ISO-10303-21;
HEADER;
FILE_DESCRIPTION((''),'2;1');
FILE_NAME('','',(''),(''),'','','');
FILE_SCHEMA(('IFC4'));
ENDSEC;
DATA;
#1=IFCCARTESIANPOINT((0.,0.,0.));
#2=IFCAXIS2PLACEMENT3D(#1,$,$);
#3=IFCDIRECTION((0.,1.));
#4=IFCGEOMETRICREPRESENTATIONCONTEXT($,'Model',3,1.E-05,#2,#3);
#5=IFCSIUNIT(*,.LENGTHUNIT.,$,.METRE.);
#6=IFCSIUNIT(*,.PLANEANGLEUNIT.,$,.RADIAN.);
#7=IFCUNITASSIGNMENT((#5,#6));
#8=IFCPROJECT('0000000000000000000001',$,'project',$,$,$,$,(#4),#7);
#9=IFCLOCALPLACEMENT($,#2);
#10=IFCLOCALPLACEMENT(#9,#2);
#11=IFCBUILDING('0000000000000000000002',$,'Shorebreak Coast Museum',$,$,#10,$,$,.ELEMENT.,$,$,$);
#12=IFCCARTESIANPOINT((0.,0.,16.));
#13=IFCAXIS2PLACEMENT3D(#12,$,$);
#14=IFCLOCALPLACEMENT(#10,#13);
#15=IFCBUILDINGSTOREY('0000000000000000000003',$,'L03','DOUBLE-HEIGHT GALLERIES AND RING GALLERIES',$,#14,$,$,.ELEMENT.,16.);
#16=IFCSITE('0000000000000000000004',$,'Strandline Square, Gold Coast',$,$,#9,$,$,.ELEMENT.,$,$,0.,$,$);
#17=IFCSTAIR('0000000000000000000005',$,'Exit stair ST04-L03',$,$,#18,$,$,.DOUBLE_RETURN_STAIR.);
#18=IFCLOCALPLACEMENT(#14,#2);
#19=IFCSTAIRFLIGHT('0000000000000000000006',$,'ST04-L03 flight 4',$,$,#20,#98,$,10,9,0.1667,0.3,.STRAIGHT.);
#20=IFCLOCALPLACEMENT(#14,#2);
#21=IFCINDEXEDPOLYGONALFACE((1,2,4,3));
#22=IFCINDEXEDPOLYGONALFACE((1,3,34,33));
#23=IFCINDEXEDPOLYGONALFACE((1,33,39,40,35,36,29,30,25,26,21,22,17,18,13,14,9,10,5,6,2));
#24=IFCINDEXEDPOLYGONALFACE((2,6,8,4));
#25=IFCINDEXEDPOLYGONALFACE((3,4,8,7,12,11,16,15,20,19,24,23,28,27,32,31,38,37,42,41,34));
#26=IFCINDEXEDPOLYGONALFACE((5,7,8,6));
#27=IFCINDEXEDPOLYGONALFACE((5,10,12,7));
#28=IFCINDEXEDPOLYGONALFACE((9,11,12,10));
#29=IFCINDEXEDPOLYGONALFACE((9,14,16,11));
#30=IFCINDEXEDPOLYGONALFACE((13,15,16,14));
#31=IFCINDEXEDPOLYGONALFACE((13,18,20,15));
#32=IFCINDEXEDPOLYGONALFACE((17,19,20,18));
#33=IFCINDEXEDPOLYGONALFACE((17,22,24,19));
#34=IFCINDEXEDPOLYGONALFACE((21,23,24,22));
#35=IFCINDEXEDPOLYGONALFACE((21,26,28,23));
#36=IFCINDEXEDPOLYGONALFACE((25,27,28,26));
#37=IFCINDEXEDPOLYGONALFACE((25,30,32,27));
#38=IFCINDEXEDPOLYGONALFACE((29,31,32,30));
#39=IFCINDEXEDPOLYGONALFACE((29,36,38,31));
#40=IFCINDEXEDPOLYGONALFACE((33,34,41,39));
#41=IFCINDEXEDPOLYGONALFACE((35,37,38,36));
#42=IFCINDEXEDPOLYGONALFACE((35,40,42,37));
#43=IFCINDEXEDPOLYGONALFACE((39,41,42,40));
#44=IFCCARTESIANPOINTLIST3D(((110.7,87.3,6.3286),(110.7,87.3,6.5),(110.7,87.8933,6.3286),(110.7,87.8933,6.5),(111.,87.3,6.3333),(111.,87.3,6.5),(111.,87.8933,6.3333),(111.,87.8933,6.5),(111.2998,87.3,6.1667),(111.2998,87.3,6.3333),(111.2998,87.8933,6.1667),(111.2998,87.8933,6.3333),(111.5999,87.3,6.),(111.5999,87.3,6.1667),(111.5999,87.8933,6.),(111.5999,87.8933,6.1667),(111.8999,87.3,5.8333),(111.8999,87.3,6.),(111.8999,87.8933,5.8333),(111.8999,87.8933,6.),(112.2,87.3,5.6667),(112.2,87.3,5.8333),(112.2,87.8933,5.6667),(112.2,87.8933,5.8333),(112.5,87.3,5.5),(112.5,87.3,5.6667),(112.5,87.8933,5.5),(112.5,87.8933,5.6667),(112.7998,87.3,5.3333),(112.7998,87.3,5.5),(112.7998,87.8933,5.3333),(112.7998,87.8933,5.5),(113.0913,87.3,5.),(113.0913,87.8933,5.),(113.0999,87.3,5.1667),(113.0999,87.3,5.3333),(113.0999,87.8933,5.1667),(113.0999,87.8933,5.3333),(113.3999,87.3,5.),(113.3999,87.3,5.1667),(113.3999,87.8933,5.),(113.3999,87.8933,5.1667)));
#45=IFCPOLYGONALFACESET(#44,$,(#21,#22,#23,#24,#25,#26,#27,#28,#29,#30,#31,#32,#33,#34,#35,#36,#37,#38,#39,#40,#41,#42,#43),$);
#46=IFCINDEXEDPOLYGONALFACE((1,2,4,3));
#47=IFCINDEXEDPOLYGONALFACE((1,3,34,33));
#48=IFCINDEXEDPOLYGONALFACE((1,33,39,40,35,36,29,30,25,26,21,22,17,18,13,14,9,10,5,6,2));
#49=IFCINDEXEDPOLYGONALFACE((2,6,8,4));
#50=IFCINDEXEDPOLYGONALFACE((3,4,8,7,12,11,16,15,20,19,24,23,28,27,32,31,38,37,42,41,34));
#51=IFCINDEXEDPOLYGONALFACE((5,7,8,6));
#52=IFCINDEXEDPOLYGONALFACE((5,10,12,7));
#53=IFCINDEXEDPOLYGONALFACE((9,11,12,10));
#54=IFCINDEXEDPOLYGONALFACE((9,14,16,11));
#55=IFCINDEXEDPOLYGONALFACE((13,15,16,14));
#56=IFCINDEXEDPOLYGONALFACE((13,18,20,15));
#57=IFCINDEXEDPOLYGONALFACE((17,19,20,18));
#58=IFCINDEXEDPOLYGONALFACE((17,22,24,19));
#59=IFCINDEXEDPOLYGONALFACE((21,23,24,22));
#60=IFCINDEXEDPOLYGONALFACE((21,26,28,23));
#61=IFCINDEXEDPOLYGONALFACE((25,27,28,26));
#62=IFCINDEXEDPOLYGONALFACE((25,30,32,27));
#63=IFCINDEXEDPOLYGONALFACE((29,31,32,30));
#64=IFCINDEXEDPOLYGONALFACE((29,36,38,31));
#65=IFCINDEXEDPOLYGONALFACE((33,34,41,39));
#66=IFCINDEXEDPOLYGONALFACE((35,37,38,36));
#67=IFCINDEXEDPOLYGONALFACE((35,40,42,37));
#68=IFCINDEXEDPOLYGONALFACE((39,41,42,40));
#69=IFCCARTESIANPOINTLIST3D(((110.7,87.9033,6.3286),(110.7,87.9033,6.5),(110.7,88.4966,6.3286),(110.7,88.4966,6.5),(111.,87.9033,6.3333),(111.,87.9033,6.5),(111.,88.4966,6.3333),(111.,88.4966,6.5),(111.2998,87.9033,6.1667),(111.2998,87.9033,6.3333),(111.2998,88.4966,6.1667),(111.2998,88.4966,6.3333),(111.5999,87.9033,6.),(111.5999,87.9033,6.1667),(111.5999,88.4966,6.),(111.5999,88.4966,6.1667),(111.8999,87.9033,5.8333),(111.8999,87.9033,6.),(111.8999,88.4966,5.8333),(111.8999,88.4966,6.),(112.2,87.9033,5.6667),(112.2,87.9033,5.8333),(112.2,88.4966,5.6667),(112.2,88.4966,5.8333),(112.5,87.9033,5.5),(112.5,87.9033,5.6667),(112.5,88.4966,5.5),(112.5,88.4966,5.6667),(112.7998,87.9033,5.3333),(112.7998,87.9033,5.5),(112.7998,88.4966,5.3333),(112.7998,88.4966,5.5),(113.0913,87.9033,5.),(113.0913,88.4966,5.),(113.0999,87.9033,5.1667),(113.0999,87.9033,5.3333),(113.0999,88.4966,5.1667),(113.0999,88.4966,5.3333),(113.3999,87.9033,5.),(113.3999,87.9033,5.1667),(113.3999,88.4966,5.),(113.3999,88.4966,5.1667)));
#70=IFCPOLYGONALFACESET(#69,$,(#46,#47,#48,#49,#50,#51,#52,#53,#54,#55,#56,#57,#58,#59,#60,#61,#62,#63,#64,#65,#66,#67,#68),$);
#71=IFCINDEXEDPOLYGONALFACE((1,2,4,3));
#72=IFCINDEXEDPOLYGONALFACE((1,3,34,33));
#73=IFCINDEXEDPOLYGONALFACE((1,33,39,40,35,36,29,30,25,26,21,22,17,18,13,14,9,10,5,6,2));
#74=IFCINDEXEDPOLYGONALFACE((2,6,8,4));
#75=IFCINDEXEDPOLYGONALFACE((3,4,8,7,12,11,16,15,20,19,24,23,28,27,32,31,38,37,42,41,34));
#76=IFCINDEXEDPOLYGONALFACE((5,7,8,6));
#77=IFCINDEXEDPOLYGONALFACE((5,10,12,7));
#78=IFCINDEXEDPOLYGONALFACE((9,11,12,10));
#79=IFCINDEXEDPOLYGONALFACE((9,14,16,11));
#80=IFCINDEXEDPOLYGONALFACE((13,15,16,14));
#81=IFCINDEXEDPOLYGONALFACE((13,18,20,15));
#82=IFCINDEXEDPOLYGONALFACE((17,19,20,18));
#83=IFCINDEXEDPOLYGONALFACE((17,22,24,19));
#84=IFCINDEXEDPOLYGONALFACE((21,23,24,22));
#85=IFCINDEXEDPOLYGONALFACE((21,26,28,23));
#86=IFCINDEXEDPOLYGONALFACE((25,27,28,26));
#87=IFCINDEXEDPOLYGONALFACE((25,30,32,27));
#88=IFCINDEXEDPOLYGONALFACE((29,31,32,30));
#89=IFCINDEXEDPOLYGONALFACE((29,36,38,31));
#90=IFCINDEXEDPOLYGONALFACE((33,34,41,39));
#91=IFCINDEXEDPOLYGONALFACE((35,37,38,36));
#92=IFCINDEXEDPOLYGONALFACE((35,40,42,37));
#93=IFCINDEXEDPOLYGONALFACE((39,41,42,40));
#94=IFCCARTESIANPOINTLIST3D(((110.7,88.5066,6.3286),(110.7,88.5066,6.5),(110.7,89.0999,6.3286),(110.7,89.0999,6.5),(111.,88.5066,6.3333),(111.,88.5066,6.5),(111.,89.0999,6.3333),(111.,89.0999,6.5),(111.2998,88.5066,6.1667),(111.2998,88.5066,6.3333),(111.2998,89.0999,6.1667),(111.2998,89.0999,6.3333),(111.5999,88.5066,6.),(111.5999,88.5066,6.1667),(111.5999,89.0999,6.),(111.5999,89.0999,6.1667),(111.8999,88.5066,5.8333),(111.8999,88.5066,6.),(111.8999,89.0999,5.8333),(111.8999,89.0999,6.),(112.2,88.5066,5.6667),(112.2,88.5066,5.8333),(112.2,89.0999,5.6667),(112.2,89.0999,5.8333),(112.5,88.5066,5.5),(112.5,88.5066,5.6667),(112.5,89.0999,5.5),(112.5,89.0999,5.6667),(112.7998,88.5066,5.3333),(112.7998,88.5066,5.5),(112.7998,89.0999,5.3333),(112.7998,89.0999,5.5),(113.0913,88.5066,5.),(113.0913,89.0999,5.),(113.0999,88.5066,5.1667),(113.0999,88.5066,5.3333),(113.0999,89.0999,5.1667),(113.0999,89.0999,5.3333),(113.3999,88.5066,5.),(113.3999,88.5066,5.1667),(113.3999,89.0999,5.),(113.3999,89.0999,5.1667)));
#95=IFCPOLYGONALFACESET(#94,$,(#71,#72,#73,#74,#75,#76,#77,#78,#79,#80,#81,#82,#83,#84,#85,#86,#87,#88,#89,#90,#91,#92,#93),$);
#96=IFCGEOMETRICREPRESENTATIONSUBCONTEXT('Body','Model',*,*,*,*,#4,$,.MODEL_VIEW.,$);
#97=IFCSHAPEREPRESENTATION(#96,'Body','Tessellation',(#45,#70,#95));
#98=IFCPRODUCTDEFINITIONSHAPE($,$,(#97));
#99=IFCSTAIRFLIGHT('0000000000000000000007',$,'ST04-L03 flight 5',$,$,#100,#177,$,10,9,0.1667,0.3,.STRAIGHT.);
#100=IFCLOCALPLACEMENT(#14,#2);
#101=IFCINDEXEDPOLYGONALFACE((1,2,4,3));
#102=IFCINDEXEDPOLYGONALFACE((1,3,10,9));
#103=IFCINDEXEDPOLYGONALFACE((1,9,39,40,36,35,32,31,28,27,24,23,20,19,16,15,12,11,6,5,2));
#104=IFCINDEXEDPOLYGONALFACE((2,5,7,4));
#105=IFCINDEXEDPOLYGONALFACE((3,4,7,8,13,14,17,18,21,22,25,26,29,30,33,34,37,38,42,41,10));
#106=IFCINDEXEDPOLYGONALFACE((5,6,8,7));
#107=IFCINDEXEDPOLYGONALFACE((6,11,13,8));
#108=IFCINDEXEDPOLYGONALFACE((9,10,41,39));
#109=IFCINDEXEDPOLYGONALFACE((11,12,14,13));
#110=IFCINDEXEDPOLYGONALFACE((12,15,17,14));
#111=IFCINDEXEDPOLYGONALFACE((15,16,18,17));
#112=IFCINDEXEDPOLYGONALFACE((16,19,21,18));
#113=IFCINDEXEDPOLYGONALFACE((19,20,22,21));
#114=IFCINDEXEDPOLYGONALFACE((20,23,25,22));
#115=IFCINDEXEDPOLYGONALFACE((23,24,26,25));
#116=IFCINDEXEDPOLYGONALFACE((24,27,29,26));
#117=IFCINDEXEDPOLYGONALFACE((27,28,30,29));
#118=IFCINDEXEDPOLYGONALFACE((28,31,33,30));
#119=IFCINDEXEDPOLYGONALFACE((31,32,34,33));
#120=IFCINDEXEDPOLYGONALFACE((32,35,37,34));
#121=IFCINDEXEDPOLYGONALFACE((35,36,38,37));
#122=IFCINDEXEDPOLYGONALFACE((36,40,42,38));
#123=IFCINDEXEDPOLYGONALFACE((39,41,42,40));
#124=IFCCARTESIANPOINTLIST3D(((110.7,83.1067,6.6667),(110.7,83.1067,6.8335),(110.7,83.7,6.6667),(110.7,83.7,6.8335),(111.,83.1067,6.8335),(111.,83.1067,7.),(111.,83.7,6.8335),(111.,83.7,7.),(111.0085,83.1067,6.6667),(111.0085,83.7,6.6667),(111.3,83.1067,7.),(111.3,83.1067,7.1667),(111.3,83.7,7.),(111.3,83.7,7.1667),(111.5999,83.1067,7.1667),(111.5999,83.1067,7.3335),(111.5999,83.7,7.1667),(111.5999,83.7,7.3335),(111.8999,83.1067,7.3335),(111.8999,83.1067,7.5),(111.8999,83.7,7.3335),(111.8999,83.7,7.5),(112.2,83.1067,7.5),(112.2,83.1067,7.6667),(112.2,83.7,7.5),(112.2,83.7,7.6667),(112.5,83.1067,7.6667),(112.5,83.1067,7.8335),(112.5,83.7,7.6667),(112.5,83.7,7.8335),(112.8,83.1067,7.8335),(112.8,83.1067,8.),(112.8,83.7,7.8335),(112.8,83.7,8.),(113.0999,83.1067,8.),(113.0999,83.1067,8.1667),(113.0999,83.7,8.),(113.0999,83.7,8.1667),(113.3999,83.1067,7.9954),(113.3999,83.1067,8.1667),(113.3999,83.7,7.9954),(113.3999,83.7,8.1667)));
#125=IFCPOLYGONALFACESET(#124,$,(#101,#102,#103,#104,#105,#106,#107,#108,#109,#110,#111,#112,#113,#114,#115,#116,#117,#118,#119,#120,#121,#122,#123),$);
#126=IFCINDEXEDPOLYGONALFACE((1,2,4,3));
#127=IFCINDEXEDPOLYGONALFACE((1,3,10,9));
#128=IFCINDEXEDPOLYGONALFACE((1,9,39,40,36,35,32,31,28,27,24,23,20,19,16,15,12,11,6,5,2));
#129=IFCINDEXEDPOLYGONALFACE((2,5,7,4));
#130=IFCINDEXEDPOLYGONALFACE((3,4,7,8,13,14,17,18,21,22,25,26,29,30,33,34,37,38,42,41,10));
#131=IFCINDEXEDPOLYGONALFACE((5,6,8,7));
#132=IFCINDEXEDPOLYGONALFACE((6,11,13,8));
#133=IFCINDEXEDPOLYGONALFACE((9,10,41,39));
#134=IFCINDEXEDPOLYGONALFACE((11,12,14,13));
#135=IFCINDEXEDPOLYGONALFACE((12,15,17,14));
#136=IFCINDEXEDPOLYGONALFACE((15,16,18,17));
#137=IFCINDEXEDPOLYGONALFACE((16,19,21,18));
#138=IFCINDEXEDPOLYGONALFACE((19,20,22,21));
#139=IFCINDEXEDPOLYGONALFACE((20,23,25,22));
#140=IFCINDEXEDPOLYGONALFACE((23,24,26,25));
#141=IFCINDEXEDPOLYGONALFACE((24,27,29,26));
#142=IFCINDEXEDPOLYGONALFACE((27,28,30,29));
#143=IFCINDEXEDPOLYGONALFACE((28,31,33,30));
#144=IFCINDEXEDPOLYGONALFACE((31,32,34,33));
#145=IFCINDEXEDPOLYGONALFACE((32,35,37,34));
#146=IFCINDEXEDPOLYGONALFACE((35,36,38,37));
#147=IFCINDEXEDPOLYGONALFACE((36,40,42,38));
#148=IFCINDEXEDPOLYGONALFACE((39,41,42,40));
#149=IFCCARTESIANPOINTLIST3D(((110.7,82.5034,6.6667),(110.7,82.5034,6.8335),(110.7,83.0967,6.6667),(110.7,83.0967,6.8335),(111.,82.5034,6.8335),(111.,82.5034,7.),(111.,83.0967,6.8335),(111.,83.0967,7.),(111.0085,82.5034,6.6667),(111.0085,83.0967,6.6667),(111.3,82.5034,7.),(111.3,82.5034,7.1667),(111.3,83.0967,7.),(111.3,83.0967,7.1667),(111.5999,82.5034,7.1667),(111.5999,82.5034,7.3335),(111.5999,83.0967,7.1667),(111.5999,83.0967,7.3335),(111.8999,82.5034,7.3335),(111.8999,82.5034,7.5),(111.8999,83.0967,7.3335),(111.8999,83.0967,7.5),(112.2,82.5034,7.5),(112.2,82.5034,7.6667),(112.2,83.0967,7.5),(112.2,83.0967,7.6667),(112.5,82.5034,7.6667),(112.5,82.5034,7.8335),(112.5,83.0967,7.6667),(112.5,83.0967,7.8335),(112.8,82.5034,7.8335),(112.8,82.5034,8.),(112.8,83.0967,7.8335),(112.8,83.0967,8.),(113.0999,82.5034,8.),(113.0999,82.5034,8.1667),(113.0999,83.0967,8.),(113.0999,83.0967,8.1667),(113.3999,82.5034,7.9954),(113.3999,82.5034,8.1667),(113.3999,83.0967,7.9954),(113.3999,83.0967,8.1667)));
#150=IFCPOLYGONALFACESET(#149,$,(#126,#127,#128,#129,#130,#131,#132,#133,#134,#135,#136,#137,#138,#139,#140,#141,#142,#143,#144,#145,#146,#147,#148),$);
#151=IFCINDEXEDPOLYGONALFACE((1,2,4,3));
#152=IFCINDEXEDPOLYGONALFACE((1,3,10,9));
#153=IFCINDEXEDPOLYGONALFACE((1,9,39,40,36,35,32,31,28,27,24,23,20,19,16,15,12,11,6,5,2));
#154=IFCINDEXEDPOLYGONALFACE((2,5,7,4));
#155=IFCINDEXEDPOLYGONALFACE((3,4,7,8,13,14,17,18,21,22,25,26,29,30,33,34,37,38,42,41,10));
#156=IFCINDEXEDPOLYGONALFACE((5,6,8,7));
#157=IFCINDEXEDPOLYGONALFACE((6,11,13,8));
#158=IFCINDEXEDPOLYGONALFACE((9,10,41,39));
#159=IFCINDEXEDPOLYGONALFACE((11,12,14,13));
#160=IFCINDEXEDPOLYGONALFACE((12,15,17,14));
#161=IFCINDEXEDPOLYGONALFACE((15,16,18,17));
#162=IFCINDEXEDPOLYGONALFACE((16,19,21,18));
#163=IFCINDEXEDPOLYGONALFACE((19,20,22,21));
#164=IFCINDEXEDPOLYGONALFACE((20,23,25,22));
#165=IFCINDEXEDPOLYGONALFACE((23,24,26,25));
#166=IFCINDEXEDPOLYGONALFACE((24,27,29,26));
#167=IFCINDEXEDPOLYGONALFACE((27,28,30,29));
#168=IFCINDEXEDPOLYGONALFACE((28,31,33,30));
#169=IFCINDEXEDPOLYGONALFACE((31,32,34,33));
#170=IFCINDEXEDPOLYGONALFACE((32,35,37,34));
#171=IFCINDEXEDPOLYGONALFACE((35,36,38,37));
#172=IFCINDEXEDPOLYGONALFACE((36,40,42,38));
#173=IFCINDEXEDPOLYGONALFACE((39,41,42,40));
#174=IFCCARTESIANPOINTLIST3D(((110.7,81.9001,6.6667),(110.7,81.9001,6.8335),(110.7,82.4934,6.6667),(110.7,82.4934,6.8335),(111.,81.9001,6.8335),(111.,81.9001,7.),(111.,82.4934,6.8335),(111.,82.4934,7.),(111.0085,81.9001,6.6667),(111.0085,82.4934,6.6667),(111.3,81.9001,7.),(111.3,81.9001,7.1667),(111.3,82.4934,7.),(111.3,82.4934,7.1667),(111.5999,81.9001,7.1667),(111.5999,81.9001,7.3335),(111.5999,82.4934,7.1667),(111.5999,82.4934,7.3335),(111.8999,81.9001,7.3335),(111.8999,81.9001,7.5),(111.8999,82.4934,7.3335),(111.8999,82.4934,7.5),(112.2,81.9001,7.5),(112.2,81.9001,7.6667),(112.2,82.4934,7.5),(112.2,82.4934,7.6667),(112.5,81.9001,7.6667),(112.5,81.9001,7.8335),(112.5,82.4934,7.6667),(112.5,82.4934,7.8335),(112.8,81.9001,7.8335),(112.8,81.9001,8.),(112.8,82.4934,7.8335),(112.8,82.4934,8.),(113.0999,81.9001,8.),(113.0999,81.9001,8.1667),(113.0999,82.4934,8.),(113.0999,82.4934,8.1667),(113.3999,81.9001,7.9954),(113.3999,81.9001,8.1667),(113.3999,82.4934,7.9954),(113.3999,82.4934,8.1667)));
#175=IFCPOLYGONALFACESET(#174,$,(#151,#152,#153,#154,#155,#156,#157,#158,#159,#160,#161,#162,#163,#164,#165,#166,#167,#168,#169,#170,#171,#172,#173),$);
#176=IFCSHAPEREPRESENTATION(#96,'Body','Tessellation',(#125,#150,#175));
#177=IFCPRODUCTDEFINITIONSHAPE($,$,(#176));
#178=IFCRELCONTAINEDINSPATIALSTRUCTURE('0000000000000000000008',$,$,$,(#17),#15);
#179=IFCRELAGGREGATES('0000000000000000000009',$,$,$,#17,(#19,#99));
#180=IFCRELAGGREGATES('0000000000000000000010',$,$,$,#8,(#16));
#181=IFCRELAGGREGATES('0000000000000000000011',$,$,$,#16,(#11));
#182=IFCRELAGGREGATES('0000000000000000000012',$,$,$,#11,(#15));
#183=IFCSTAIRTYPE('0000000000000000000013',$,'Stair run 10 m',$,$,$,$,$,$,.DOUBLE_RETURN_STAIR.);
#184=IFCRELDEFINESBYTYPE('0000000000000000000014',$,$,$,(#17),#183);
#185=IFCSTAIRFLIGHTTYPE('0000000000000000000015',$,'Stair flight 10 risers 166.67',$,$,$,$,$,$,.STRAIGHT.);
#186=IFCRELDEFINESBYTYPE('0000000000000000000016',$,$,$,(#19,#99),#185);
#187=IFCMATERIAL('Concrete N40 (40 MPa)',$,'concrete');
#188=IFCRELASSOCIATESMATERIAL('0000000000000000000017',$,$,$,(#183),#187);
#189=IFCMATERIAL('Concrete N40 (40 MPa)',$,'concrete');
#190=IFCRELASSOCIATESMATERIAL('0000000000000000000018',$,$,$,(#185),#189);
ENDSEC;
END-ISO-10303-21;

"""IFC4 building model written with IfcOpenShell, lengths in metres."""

from ifc_helpers import new_model, si_unit, direction, frame, origin, place, context, subcontext, project, spatial, polyline, outline, extrude, material, type_object, element, aggregate, save


model = new_model("IFC4")

# Units and contexts
model_context = context("Model", 3, precision=1e-05, world=origin(), true_north=direction((0.0, 1.0)))
body_context = subcontext(model_context, "Body", "Model", "MODEL_VIEW")
ifc_project = project(units=[si_unit("LENGTHUNIT", "METRE"), si_unit("PLANEANGLEUNIT", "RADIAN")], contexts=[model_context])

# Site, building, storey
site_placement = place(None, origin())
site = spatial("IfcSite", under=ifc_project, at=site_placement, Name="Strandline Square, Gold Coast", CompositionType="ELEMENT", RefElevation=0.0)
building_placement = place(site_placement, origin())
building = spatial("IfcBuilding", under=site, at=building_placement, Name="Shorebreak Coast Museum", CompositionType="ELEMENT")
storey_placement = place(building_placement, frame((0.0, 0.0, 16.0)))
storey = spatial("IfcBuildingStorey", under=building, at=storey_placement, Name="L03", Description="DOUBLE-HEIGHT GALLERIES AND RING GALLERIES", CompositionType="ELEMENT", Elevation=16.0)

# Stair, stair flights
ifc_material_1 = material(Name="Concrete N40 (40 MPa)", Category="concrete")
stair_type = type_object("IfcStairType", Name="Stair run 10 m", PredefinedType="DOUBLE_RETURN_STAIR", material=ifc_material_1)
stair_placement = place(storey_placement, origin())
stair = element("IfcStair", 1, at=stair_placement, inside=storey, type_object=stair_type, Name="Exit stair ST04-L03", PredefinedType="DOUBLE_RETURN_STAIR")
ifc_material_2 = material(Name="Concrete N40 (40 MPa)", Category="concrete")
stair_flight_type = type_object("IfcStairFlightType", Name="Stair flight 10 risers 166.67", PredefinedType="STRAIGHT", material=ifc_material_2)
stair_flight_1_placement = place(storey_placement, frame((113.3999, 88.2, 5.0), z_axis=(0.0, 0.0, 1.0), x_axis=(-1.0, 0.0, 0.0)))
stair_flight_1 = element("IfcStairFlight", 2, at=stair_flight_1_placement, type_object=stair_flight_type, Name="ST04-L03 flight 4", NumberOfRisers=10, NumberOfTreads=9, PredefinedType="STRAIGHT", RiserHeight=0.1667, TreadLength=0.3, context=body_context, shape_type="SweptSolid", body=[
    extrude(outline(polyline([(0.0, 0.0), (0.0, 0.1667), (0.3, 0.1667), (0.3, 0.3333), (0.6001, 0.3333), (0.6001, 0.5), (0.8999, 0.5), (0.8999, 0.6667), (1.2, 0.6667), (1.2, 0.8333), (1.5, 0.8333), (1.5, 1.0), (1.8, 1.0), (1.8, 1.1667), (2.1001, 1.1667), (2.1001, 1.3333), (2.3999, 1.3333), (2.3999, 1.5), (2.7, 1.5), (2.7, 1.6667), (2.7, 1.3286), (0.3086, 0.0), (0.0, 0.0)])), frame((0.0, 0.8999, 0.0), z_axis=(0.0, -1.0, 0.0), x_axis=(1.0, 0.0, 0.0)), (0.0, 0.0, 1.0), 0.5933),
    extrude(outline(polyline([(0.0, 0.0), (0.0, 0.1667), (0.3, 0.1667), (0.3, 0.3333), (0.6001, 0.3333), (0.6001, 0.5), (0.8999, 0.5), (0.8999, 0.6667), (1.2, 0.6667), (1.2, 0.8333), (1.5, 0.8333), (1.5, 1.0), (1.8, 1.0), (1.8, 1.1667), (2.1001, 1.1667), (2.1001, 1.3333), (2.3999, 1.3333), (2.3999, 1.5), (2.7, 1.5), (2.7, 1.6667), (2.7, 1.3286), (0.3086, 0.0), (0.0, 0.0)])), frame((0.0, 0.2966, 0.0), z_axis=(0.0, -1.0, 0.0), x_axis=(1.0, 0.0, 0.0)), (0.0, 0.0, 1.0), 0.5933),
    extrude(outline(polyline([(0.0, 0.0), (0.0, 0.1667), (0.3, 0.1667), (0.3, 0.3333), (0.6001, 0.3333), (0.6001, 0.5), (0.8999, 0.5), (0.8999, 0.6667), (1.2, 0.6667), (1.2, 0.8333), (1.5, 0.8333), (1.5, 1.0), (1.8, 1.0), (1.8, 1.1667), (2.1001, 1.1667), (2.1001, 1.3333), (2.3999, 1.3333), (2.3999, 1.5), (2.7, 1.5), (2.7, 1.6667), (2.7, 1.3286), (0.3086, 0.0), (0.0, 0.0)])), frame((0.0, -0.3066, 0.0), z_axis=(0.0, -1.0, 0.0), x_axis=(1.0, 0.0, 0.0)), (0.0, 0.0, 1.0), 0.5933),
])
stair_flight_2_placement = place(storey_placement, frame((110.7, 82.8, 6.6667), z_axis=(0.0, 0.0, 1.0), x_axis=(1.0, 0.0, 0.0)))
stair_flight_2 = element("IfcStairFlight", 3, at=stair_flight_2_placement, type_object=stair_flight_type, Name="ST04-L03 flight 5", NumberOfRisers=10, NumberOfTreads=9, PredefinedType="STRAIGHT", RiserHeight=0.1667, TreadLength=0.3, context=body_context, shape_type="SweptSolid", body=[
    extrude(outline(polyline([(0.0, 0.0), (0.0, 0.1667), (0.3, 0.1667), (0.3, 0.3333), (0.6001, 0.3333), (0.6001, 0.5), (0.8999, 0.5), (0.8999, 0.6667), (1.2, 0.6667), (1.2, 0.8333), (1.5, 0.8333), (1.5, 1.0), (1.8, 1.0), (1.8, 1.1667), (2.1001, 1.1667), (2.1001, 1.3333), (2.3999, 1.3333), (2.3999, 1.5), (2.7, 1.5), (2.7, 1.6667), (2.7, 1.3286), (0.3086, 0.0), (0.0, 0.0)])), frame((0.0, 0.8999, 0.0), z_axis=(0.0, -1.0, 0.0), x_axis=(1.0, 0.0, 0.0)), (0.0, 0.0, 1.0), 0.5933),
    extrude(outline(polyline([(0.0, 0.0), (0.0, 0.1667), (0.3, 0.1667), (0.3, 0.3333), (0.6001, 0.3333), (0.6001, 0.5), (0.8999, 0.5), (0.8999, 0.6667), (1.2, 0.6667), (1.2, 0.8333), (1.5, 0.8333), (1.5, 1.0), (1.8, 1.0), (1.8, 1.1667), (2.1001, 1.1667), (2.1001, 1.3333), (2.3999, 1.3333), (2.3999, 1.5), (2.7, 1.5), (2.7, 1.6667), (2.7, 1.3286), (0.3086, 0.0), (0.0, 0.0)])), frame((0.0, 0.2966, 0.0), z_axis=(0.0, -1.0, 0.0), x_axis=(1.0, 0.0, 0.0)), (0.0, 0.0, 1.0), 0.5933),
    extrude(outline(polyline([(0.0, 0.0), (0.0, 0.1667), (0.3, 0.1667), (0.3, 0.3333), (0.6001, 0.3333), (0.6001, 0.5), (0.8999, 0.5), (0.8999, 0.6667), (1.2, 0.6667), (1.2, 0.8333), (1.5, 0.8333), (1.5, 1.0), (1.8, 1.0), (1.8, 1.1667), (2.1001, 1.1667), (2.1001, 1.3333), (2.3999, 1.3333), (2.3999, 1.5), (2.7, 1.5), (2.7, 1.6667), (2.7, 1.3286), (0.3086, 0.0), (0.0, 0.0)])), frame((0.0, -0.3066, 0.0), z_axis=(0.0, -1.0, 0.0), x_axis=(1.0, 0.0, 0.0)), (0.0, 0.0, 1.0), 0.5933),
])
aggregate(stair, [stair_flight_1, stair_flight_2])

save(model, "model.ifc")
